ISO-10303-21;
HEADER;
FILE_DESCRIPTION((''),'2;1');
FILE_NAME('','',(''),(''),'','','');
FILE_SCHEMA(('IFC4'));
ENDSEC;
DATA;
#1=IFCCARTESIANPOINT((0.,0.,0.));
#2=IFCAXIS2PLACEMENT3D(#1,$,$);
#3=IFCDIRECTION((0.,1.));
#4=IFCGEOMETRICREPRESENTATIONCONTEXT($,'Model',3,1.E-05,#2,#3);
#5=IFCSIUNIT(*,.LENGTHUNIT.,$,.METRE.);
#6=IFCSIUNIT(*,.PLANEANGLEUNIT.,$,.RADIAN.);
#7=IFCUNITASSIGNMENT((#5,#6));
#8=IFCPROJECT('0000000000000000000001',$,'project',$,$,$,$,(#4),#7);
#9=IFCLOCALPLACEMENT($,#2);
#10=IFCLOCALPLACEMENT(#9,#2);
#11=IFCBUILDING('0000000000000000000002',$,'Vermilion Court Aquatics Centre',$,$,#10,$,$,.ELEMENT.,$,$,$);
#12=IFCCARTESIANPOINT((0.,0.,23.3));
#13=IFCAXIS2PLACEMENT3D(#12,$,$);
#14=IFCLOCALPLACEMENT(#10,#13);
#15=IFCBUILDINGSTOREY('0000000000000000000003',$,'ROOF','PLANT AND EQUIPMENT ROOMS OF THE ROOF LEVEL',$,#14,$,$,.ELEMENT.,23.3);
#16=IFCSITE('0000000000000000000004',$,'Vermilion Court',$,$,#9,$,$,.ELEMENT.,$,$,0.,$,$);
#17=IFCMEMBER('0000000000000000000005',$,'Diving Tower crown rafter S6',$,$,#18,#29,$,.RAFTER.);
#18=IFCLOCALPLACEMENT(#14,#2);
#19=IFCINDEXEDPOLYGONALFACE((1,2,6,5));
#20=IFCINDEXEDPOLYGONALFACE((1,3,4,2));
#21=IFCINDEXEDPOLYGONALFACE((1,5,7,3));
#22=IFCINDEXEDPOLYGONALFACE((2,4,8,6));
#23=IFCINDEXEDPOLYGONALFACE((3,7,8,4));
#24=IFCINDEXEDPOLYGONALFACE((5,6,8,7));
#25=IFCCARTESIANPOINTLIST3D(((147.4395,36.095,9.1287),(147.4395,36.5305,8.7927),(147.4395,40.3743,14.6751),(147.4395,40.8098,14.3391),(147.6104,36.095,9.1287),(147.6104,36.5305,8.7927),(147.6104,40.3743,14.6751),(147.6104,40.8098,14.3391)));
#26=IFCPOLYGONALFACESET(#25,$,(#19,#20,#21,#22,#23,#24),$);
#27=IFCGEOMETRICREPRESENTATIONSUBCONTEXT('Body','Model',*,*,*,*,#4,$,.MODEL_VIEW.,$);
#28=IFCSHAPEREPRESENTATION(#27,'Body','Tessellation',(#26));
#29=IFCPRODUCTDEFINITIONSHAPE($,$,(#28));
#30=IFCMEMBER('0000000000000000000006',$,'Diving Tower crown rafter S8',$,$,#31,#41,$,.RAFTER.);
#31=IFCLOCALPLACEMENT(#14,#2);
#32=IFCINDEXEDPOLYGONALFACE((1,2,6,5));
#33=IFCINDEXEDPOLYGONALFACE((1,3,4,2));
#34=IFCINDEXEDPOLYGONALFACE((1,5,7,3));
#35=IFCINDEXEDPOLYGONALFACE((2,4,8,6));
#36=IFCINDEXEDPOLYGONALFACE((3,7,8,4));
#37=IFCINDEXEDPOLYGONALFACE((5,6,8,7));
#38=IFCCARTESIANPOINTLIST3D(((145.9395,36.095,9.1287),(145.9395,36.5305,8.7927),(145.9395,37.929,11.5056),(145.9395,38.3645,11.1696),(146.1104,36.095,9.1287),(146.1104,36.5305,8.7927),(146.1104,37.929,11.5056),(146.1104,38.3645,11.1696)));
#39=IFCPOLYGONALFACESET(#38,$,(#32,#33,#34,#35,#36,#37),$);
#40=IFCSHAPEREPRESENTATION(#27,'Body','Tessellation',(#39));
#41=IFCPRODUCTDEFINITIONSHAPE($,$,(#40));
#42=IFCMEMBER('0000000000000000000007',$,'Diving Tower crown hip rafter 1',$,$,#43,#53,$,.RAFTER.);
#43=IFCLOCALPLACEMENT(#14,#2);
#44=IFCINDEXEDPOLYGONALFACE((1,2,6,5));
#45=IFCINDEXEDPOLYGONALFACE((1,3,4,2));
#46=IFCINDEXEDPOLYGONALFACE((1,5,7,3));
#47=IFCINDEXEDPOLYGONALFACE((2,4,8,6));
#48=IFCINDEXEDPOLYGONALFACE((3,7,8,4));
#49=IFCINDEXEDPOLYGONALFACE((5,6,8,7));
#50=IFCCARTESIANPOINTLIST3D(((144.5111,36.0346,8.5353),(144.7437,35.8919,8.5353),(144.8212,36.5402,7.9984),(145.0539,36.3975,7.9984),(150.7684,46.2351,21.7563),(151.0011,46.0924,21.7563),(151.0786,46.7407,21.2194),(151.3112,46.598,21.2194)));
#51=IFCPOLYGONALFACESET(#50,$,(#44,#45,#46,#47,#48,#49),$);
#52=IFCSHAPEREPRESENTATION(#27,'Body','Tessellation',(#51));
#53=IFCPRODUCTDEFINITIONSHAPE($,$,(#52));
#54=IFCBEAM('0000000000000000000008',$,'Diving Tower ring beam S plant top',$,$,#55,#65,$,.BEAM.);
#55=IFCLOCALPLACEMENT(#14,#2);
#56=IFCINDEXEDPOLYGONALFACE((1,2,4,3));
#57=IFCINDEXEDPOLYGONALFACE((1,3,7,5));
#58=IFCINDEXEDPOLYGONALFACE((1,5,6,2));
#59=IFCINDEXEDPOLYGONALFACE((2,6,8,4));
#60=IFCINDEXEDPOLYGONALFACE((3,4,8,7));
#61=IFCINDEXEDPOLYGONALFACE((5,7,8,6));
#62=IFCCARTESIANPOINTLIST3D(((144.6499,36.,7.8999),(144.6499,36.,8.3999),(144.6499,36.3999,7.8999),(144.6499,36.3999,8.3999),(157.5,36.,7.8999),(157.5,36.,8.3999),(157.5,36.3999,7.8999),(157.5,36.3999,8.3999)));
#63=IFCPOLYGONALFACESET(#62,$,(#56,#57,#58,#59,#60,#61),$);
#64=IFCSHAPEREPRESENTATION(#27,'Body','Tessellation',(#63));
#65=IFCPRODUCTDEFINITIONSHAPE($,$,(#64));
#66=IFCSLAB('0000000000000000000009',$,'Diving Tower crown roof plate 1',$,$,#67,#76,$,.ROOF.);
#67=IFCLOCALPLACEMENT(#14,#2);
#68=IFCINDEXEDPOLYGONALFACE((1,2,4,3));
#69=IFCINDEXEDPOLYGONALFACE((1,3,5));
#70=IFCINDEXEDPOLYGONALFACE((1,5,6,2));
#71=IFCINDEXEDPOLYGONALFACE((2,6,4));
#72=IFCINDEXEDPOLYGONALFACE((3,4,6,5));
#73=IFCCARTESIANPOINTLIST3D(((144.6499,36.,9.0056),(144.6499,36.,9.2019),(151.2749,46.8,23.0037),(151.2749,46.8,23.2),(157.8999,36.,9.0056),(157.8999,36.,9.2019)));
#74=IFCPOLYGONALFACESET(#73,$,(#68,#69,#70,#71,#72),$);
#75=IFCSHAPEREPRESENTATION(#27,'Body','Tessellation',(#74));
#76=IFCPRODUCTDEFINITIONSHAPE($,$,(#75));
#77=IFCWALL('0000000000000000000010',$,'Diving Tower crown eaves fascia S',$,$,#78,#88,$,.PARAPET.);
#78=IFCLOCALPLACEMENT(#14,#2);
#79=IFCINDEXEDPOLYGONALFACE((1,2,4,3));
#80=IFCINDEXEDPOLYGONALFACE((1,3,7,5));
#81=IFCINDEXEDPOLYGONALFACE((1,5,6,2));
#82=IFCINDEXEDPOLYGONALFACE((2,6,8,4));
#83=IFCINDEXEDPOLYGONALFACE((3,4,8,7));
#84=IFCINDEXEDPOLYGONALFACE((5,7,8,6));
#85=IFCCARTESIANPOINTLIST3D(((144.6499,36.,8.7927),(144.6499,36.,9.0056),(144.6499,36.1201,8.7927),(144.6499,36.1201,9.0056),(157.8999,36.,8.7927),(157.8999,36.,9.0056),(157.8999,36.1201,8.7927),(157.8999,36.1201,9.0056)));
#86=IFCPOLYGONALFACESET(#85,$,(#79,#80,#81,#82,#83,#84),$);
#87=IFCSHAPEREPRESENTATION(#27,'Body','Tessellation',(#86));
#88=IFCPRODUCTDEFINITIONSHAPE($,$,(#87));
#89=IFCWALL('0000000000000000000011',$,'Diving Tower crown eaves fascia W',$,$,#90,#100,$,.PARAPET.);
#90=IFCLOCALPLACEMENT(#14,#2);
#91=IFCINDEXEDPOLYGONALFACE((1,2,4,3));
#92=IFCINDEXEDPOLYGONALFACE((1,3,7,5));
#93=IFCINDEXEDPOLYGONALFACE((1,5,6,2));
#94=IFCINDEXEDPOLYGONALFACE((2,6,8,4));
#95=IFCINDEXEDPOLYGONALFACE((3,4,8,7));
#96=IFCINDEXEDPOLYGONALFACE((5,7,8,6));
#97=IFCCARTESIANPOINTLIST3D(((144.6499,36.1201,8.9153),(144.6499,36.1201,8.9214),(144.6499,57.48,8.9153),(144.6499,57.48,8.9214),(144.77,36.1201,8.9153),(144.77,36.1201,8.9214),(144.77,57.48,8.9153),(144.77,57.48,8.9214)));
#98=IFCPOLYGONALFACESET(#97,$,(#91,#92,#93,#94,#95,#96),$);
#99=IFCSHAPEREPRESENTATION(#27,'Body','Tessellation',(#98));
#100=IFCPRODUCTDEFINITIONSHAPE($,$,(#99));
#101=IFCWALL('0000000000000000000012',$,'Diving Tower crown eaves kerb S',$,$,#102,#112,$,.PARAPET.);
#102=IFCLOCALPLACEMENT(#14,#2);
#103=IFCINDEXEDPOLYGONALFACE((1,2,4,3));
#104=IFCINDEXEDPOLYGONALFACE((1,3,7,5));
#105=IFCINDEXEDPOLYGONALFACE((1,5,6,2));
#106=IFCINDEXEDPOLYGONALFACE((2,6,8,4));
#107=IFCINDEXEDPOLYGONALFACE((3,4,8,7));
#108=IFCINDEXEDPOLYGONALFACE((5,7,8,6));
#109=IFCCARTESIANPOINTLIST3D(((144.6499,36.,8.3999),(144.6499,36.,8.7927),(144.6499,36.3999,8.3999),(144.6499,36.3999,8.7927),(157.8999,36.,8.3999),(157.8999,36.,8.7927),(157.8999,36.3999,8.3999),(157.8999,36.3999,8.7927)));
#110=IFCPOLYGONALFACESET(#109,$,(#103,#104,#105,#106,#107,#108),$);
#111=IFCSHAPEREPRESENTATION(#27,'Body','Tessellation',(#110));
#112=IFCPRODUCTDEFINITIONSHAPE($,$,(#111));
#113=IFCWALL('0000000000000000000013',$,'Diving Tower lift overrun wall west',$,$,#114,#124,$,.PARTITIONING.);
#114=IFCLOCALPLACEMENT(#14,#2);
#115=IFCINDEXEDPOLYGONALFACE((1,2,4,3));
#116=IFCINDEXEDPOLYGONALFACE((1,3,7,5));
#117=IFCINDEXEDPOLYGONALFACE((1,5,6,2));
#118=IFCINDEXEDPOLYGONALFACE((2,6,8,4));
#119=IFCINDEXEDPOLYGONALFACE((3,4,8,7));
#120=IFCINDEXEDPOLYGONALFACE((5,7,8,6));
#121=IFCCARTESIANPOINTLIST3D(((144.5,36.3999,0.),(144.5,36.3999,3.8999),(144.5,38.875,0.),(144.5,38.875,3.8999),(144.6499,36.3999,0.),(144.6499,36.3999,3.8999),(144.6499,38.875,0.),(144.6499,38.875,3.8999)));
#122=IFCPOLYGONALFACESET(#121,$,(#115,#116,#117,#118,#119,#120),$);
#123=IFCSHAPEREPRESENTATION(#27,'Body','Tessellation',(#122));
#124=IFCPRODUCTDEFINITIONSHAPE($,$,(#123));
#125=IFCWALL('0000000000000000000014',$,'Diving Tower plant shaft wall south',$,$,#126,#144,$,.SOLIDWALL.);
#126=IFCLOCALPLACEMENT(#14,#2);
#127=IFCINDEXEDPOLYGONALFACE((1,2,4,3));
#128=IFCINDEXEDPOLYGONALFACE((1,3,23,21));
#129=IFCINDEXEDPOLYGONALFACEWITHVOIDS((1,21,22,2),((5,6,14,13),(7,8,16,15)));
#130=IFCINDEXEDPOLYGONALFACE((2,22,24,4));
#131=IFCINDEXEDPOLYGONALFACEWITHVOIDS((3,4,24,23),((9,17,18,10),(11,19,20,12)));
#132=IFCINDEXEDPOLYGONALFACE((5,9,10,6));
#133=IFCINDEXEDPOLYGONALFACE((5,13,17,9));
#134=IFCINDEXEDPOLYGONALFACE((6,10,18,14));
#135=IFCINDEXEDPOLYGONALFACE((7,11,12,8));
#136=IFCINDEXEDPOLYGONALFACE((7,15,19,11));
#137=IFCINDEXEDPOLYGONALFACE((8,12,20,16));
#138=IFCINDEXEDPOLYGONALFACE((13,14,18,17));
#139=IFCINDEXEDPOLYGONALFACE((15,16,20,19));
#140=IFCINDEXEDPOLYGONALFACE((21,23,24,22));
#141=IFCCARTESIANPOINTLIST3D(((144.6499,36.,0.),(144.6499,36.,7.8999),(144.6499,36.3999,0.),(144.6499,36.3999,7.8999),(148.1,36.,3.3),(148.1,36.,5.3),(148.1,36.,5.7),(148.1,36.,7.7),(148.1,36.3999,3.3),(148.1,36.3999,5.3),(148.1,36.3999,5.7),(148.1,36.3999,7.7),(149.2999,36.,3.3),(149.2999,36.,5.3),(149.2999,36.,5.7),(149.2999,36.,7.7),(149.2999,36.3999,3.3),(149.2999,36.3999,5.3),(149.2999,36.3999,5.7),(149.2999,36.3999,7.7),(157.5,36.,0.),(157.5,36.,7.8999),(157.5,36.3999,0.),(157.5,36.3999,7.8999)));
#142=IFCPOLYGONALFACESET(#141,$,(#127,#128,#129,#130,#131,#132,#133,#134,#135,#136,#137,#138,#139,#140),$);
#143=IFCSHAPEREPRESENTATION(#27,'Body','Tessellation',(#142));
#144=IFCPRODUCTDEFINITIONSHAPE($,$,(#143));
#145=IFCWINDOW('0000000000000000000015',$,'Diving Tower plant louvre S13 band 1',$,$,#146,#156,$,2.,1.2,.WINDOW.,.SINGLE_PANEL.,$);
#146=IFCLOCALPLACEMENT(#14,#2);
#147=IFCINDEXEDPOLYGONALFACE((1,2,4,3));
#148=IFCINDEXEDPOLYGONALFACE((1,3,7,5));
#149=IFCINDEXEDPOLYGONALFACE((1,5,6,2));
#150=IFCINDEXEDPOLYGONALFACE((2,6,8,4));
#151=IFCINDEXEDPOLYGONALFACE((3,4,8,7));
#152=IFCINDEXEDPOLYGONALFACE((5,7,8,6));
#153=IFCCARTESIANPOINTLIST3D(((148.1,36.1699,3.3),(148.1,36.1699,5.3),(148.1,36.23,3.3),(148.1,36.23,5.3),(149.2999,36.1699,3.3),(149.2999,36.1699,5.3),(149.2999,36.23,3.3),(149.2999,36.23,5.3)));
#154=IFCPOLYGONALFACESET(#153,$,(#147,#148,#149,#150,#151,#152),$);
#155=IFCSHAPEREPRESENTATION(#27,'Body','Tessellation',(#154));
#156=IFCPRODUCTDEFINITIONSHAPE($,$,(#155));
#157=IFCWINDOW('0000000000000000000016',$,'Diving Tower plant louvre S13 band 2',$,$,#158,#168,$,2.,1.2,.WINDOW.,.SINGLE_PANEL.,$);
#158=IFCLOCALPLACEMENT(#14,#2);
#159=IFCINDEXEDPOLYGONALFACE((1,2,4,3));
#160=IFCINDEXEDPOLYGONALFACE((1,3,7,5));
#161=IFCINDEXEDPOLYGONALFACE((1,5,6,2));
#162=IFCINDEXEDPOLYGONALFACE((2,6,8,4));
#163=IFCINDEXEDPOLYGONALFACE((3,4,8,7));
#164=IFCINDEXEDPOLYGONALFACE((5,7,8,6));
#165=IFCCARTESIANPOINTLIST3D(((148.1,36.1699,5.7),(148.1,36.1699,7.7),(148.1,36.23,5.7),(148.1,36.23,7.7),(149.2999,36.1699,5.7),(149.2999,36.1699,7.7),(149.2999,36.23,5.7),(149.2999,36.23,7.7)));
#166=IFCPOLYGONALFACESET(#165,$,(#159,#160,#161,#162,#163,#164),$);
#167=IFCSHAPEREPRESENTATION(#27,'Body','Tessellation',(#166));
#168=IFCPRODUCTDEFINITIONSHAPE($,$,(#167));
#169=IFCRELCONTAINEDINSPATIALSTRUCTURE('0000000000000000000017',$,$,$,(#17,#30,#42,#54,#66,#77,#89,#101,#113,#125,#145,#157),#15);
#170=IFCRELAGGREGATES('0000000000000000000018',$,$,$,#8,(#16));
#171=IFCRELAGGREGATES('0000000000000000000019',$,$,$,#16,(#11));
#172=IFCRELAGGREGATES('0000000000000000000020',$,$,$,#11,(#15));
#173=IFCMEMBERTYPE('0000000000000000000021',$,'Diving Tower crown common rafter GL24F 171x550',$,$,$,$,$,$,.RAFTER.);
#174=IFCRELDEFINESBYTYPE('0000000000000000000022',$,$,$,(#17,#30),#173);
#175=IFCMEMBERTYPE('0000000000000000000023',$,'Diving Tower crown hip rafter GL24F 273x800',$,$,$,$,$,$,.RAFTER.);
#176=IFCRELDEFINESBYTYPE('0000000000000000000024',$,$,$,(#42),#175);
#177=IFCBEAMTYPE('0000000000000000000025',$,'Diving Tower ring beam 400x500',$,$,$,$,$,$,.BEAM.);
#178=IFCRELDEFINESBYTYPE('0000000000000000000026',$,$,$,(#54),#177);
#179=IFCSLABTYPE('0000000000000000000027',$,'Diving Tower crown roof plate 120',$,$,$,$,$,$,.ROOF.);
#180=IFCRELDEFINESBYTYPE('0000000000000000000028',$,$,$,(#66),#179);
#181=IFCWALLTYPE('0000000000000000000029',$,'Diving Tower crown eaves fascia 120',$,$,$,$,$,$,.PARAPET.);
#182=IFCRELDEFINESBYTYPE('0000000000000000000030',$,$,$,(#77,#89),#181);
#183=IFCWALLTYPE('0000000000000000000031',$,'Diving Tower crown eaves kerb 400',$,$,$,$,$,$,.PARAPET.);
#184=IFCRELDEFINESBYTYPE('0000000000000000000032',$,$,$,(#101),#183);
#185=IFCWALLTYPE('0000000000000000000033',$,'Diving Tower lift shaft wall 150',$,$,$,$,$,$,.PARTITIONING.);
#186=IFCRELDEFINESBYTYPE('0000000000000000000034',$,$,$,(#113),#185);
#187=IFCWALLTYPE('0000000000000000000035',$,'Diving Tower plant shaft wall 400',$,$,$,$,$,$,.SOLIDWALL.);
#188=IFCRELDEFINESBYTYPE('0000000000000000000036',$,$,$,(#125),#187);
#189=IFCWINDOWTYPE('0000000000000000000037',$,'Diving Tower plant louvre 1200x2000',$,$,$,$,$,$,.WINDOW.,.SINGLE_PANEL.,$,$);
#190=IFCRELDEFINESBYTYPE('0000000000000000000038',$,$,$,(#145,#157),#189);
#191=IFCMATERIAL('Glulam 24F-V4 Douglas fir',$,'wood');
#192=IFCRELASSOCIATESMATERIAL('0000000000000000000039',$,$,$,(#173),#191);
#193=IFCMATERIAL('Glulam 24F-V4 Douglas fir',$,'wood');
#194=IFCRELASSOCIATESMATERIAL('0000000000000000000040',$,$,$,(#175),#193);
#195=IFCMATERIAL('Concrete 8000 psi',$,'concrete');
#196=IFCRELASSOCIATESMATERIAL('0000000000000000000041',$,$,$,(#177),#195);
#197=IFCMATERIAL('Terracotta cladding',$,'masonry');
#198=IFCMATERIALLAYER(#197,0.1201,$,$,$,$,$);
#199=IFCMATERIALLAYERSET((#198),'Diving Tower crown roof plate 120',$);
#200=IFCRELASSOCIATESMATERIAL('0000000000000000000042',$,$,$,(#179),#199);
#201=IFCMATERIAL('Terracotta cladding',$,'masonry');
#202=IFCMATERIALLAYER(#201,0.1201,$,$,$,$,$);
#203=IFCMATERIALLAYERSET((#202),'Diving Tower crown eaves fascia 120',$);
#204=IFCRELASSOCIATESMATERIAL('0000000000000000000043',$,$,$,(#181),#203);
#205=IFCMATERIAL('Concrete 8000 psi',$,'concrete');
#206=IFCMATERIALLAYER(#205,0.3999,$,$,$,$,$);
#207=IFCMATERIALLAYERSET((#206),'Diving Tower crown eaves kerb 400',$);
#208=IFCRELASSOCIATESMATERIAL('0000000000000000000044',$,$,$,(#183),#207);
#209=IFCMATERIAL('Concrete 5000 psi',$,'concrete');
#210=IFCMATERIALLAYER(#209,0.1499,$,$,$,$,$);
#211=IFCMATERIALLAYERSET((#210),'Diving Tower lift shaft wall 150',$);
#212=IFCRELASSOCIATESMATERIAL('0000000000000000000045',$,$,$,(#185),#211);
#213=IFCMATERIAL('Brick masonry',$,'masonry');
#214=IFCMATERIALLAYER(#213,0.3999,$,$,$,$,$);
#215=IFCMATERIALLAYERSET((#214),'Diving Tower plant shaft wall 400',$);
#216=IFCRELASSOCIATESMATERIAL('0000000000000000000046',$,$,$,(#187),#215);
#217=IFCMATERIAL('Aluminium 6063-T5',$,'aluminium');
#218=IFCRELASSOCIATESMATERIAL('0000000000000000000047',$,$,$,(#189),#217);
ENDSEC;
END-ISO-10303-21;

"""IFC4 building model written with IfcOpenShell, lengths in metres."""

from ifc_helpers import new_model, si_unit, direction, frame, frame_2d, origin, origin_2d, place, context, subcontext, project, spatial, polyline, rectangle, outline, extrude, material, layer, layer_set, material_profile, profile_set, type_object, element, fill, save


model = new_model("IFC4")

# Units and contexts
model_context = context("Model", 3, precision=1e-05, world=origin(), true_north=direction((0.0, 1.0)))
body_context = subcontext(model_context, "Body", "Model", "MODEL_VIEW")
ifc_project = project(units=[si_unit("LENGTHUNIT", "METRE"), si_unit("PLANEANGLEUNIT", "RADIAN")], contexts=[model_context])

# Site, building, storey
site_placement = place(None, origin())
site = spatial("IfcSite", under=ifc_project, at=site_placement, Name="Vermilion Court", CompositionType="ELEMENT", RefElevation=0.0)
building_placement = place(site_placement, origin())
building = spatial("IfcBuilding", under=site, at=building_placement, Name="Vermilion Court Aquatics Centre", CompositionType="ELEMENT")
storey_placement = place(building_placement, frame((0.0, 0.0, 23.3)))
storey = spatial("IfcBuildingStorey", under=building, at=storey_placement, Name="ROOF", Description="PLANT AND EQUIPMENT ROOMS OF THE ROOF LEVEL", CompositionType="ELEMENT", Elevation=23.3)

# Members
ifc_material_1 = material(Name="Glulam 24F-V4 Douglas fir", Category="wood")
ifc_material_profile_1 = material_profile(ifc_material_1, rectangle(XDim=0.1709, YDim=0.55, at=origin_2d()), Name="GL24F 171x550")
ifc_profile_set_1 = profile_set([ifc_material_profile_1], Name="Glulam 24F-V4 Douglas fir")
member_type_1 = type_object("IfcMemberType", Name="Diving Tower crown common rafter GL24F 171x550", PredefinedType="RAFTER", material=ifc_profile_set_1)
member_1_placement = place(storey_placement, frame((147.5249, 36.3127, 8.9607), z_axis=(0.0, 0.610862, 0.791737), x_axis=(-1.0, 0.0, 0.0)))
element("IfcMember", 1, at=member_1_placement, inside=storey, type_object=member_type_1, Name="Diving Tower crown rafter S6", PredefinedType="RAFTER", context=body_context, shape_type="SweptSolid", body=[
    extrude(rectangle(XDim=0.1709, YDim=0.55, at=origin_2d()), origin(), (0.0, 0.0, 1.0), 7.0054),
])
member_2_placement = place(storey_placement, frame((146.0249, 36.3127, 8.9607), z_axis=(0.0, 0.610873, 0.791728), x_axis=(-1.0, 0.0, 0.0)))
element("IfcMember", 2, at=member_2_placement, inside=storey, type_object=member_type_1, Name="Diving Tower crown rafter S8", PredefinedType="RAFTER", context=body_context, shape_type="SweptSolid", body=[
    extrude(rectangle(XDim=0.1709, YDim=0.55, at=origin_2d()), origin(), (0.0, 0.0, 1.0), 3.0022),
])
ifc_material_2 = material(Name="Glulam 24F-V4 Douglas fir", Category="wood")
ifc_material_profile_2 = material_profile(ifc_material_2, rectangle(XDim=0.2729, YDim=0.8, at=origin_2d()), Name="GL24F 273x800")
ifc_profile_set_2 = profile_set([ifc_material_profile_2], Name="Glulam 24F-V4 Douglas fir")
member_type_2 = type_object("IfcMemberType", Name="Diving Tower crown hip rafter GL24F 273x800", PredefinedType="RAFTER", material=ifc_profile_set_2)
member_3_placement = place(storey_placement, frame((144.7825, 36.2161, 8.2668), z_axis=(0.350895, 0.572015, 0.741398), x_axis=(-0.852399, 0.522893, 0.0)))
element("IfcMember", 3, at=member_3_placement, inside=storey, type_object=member_type_2, Name="Diving Tower crown hip rafter 1", PredefinedType="RAFTER", context=body_context, shape_type="SweptSolid", body=[
    extrude(rectangle(XDim=0.2729, YDim=0.8, at=origin_2d()), origin(), (0.0, 0.0, 1.0), 17.8325),
])

# Beam
ifc_material_3 = material(Name="Concrete 8000 psi", Category="concrete")
ifc_material_profile_3 = material_profile(ifc_material_3, rectangle(XDim=0.3999, YDim=0.5, at=origin_2d()), Name="RC 400x500")
ifc_profile_set_3 = profile_set([ifc_material_profile_3], Name="Concrete 8000 psi")
beam_type = type_object("IfcBeamType", Name="Diving Tower ring beam 400x500", PredefinedType="BEAM", material=ifc_profile_set_3)
beam_placement = place(storey_placement, frame((144.6499, 36.2, 8.1499), z_axis=(1.0, 0.0, 0.0), x_axis=(0.0, 1.0, 0.0)))
element("IfcBeam", 4, at=beam_placement, inside=storey, type_object=beam_type, Name="Diving Tower ring beam S plant top", PredefinedType="BEAM", context=body_context, shape_type="SweptSolid", body=[
    extrude(rectangle(XDim=0.3999, YDim=0.5, at=origin_2d()), origin(), (0.0, 0.0, 1.0), 12.8501),
])

# Slab
ifc_material_4 = material(Name="Terracotta cladding", Category="masonry")
ifc_layer_1 = layer(ifc_material_4, 0.1201)
ifc_layer_set_1 = layer_set([ifc_layer_1], Name="Diving Tower crown roof plate 120")
slab_type = type_object("IfcSlabType", Name="Diving Tower crown roof plate 120", PredefinedType="ROOF", material=ifc_layer_set_1)
slab_placement = place(storey_placement, frame((144.6499, 36.0, 9.2019), z_axis=(0.0, -0.79174, 0.610859), x_axis=(1.0, 0.0, 0.0)))
element("IfcSlab", 5, at=slab_placement, inside=storey, type_object=slab_type, Name="Diving Tower crown roof plate 1", PredefinedType="ROOF", context=body_context, shape_type="SweptSolid", body=[
    extrude(outline(polyline([(0.0, 0.0), (13.25, 0.0), (6.625, 17.6801), (0.0, 0.0)])), origin(), (0.0, -0.79174, -0.610859), 0.1963),
])

# Walls
ifc_material_5 = material(Name="Terracotta cladding", Category="masonry")
ifc_layer_2 = layer(ifc_material_5, 0.1201)
ifc_layer_set_2 = layer_set([ifc_layer_2], Name="Diving Tower crown eaves fascia 120")
wall_type_1 = type_object("IfcWallType", Name="Diving Tower crown eaves fascia 120", PredefinedType="PARAPET", material=ifc_layer_set_2)
wall_1_placement = place(storey_placement, frame((144.6499, 36.0601, 8.7927), z_axis=(0.0, 0.0, 1.0), x_axis=(1.0, 0.0, 0.0)))
element("IfcWall", 6, at=wall_1_placement, inside=storey, type_object=wall_type_1, Name="Diving Tower crown eaves fascia S", PredefinedType="PARAPET", context=body_context, shape_type="SweptSolid", body=[
    extrude(rectangle(XDim=13.25, YDim=0.1201, at=frame_2d((6.625, 0.0))), origin(), (0.0, 0.0, 1.0), 0.2129),
])
wall_2_placement = place(storey_placement, frame((144.71, 36.1201, 8.9153), z_axis=(0.0, 0.0, 1.0), x_axis=(0.0, 1.0, 0.0)))
element("IfcWall", 7, at=wall_2_placement, inside=storey, type_object=wall_type_1, Name="Diving Tower crown eaves fascia W", PredefinedType="PARAPET", context=body_context, shape_type="SweptSolid", body=[
    extrude(rectangle(XDim=21.3599, YDim=0.1201, at=frame_2d((10.6799, 0.0))), origin(), (0.0, 0.0, 1.0), 0.0061),
])
ifc_material_6 = material(Name="Concrete 8000 psi", Category="concrete")
ifc_layer_3 = layer(ifc_material_6, 0.3999)
ifc_layer_set_3 = layer_set([ifc_layer_3], Name="Diving Tower crown eaves kerb 400")
wall_type_2 = type_object("IfcWallType", Name="Diving Tower crown eaves kerb 400", PredefinedType="PARAPET", material=ifc_layer_set_3)
wall_3_placement = place(storey_placement, frame((144.6499, 36.2, 8.3999), z_axis=(0.0, 0.0, 1.0), x_axis=(1.0, 0.0, 0.0)))
element("IfcWall", 8, at=wall_3_placement, inside=storey, type_object=wall_type_2, Name="Diving Tower crown eaves kerb S", PredefinedType="PARAPET", context=body_context, shape_type="SweptSolid", body=[
    extrude(rectangle(XDim=13.25, YDim=0.3999, at=frame_2d((6.625, 0.0))), origin(), (0.0, 0.0, 1.0), 0.3928),
])
ifc_material_7 = material(Name="Concrete 5000 psi", Category="concrete")
ifc_layer_4 = layer(ifc_material_7, 0.1499)
ifc_layer_set_4 = layer_set([ifc_layer_4], Name="Diving Tower lift shaft wall 150")
wall_type_3 = type_object("IfcWallType", Name="Diving Tower lift shaft wall 150", PredefinedType="PARTITIONING", material=ifc_layer_set_4)
wall_4_placement = place(storey_placement, frame((144.575, 36.3999, 0.0), z_axis=(0.0, 0.0, 1.0), x_axis=(0.0, 1.0, 0.0)))
element("IfcWall", 9, at=wall_4_placement, inside=storey, type_object=wall_type_3, Name="Diving Tower lift overrun wall west", PredefinedType="PARTITIONING", context=body_context, shape_type="SweptSolid", body=[
    extrude(rectangle(XDim=2.4751, YDim=0.1499, at=frame_2d((1.2375, 0.0))), origin(), (0.0, 0.0, 1.0), 3.8999),
])

# Wall, openings, windows
ifc_material_8 = material(Name="Brick masonry", Category="masonry")
ifc_layer_5 = layer(ifc_material_8, 0.3999)
ifc_layer_set_5 = layer_set([ifc_layer_5], Name="Diving Tower plant shaft wall 400")
wall_type_4 = type_object("IfcWallType", Name="Diving Tower plant shaft wall 400", PredefinedType="SOLIDWALL", material=ifc_layer_set_5)
wall_5_placement = place(storey_placement, frame((144.6499, 36.2, 0.0), z_axis=(0.0, 0.0, 1.0), x_axis=(1.0, 0.0, 0.0)))
wall_5 = element("IfcWall", 10, at=wall_5_placement, inside=storey, type_object=wall_type_4, Name="Diving Tower plant shaft wall south", PredefinedType="SOLIDWALL", context=body_context, shape_type="SweptSolid", body=[
    extrude(rectangle(XDim=12.8501, YDim=0.3999, at=frame_2d((6.425, 0.0))), origin(), (0.0, 0.0, 1.0), 7.8999),
])
opening_1_placement = place(wall_5_placement, frame((3.45, 0.0, 3.3)))
opening_1 = element("IfcOpeningElement", 11, at=opening_1_placement, cuts=wall_5, PredefinedType="OPENING", context=body_context, shape_type="SweptSolid", body=[
    extrude(rectangle(XDim=1.2, YDim=2.0, at=frame_2d((0.6001, 1.0))), frame((0.0, 0.21, 0.0), z_axis=(0.0, -1.0, 0.0), x_axis=(1.0, 0.0, 0.0)), (0.0, 0.0, 1.0), 0.4199),
])
opening_2_placement = place(wall_5_placement, frame((3.45, 0.0, 5.7)))
opening_2 = element("IfcOpeningElement", 12, at=opening_2_placement, cuts=wall_5, PredefinedType="OPENING", context=body_context, shape_type="SweptSolid", body=[
    extrude(rectangle(XDim=1.2, YDim=2.0, at=frame_2d((0.6001, 1.0))), frame((0.0, 0.21, 0.0), z_axis=(0.0, -1.0, 0.0), x_axis=(1.0, 0.0, 0.0)), (0.0, 0.0, 1.0), 0.4199),
])
ifc_material_9 = material(Name="Aluminium 6063-T5", Category="aluminium")
window_type = type_object("IfcWindowType", Name="Diving Tower plant louvre 1200x2000", PartitioningType="SINGLE_PANEL", PredefinedType="WINDOW", material=ifc_material_9)
window_1_placement = place(opening_1_placement, origin())
window_1 = element("IfcWindow", 13, at=window_1_placement, inside=storey, type_object=window_type, Name="Diving Tower plant louvre S13 band 1", OverallHeight=2.0, OverallWidth=1.2, PartitioningType="SINGLE_PANEL", PredefinedType="WINDOW", context=body_context, shape_type="SweptSolid", body=[
    extrude(rectangle(XDim=1.2, YDim=2.0, at=frame_2d((0.6001, 1.0))), frame((0.0, 0.03, 0.0), z_axis=(0.0, -1.0, 0.0), x_axis=(1.0, 0.0, 0.0)), (0.0, 0.0, 1.0), 0.0601),
])
fill(opening_1, window_1)
window_2_placement = place(opening_2_placement, origin())
window_2 = element("IfcWindow", 14, at=window_2_placement, inside=storey, type_object=window_type, Name="Diving Tower plant louvre S13 band 2", OverallHeight=2.0, OverallWidth=1.2, PartitioningType="SINGLE_PANEL", PredefinedType="WINDOW", context=body_context, shape_type="SweptSolid", body=[
    extrude(rectangle(XDim=1.2, YDim=2.0, at=frame_2d((0.6001, 1.0))), frame((0.0, 0.03, 0.0), z_axis=(0.0, -1.0, 0.0), x_axis=(1.0, 0.0, 0.0)), (0.0, 0.0, 1.0), 0.0601),
])
fill(opening_2, window_2)

save(model, "model.ifc")
